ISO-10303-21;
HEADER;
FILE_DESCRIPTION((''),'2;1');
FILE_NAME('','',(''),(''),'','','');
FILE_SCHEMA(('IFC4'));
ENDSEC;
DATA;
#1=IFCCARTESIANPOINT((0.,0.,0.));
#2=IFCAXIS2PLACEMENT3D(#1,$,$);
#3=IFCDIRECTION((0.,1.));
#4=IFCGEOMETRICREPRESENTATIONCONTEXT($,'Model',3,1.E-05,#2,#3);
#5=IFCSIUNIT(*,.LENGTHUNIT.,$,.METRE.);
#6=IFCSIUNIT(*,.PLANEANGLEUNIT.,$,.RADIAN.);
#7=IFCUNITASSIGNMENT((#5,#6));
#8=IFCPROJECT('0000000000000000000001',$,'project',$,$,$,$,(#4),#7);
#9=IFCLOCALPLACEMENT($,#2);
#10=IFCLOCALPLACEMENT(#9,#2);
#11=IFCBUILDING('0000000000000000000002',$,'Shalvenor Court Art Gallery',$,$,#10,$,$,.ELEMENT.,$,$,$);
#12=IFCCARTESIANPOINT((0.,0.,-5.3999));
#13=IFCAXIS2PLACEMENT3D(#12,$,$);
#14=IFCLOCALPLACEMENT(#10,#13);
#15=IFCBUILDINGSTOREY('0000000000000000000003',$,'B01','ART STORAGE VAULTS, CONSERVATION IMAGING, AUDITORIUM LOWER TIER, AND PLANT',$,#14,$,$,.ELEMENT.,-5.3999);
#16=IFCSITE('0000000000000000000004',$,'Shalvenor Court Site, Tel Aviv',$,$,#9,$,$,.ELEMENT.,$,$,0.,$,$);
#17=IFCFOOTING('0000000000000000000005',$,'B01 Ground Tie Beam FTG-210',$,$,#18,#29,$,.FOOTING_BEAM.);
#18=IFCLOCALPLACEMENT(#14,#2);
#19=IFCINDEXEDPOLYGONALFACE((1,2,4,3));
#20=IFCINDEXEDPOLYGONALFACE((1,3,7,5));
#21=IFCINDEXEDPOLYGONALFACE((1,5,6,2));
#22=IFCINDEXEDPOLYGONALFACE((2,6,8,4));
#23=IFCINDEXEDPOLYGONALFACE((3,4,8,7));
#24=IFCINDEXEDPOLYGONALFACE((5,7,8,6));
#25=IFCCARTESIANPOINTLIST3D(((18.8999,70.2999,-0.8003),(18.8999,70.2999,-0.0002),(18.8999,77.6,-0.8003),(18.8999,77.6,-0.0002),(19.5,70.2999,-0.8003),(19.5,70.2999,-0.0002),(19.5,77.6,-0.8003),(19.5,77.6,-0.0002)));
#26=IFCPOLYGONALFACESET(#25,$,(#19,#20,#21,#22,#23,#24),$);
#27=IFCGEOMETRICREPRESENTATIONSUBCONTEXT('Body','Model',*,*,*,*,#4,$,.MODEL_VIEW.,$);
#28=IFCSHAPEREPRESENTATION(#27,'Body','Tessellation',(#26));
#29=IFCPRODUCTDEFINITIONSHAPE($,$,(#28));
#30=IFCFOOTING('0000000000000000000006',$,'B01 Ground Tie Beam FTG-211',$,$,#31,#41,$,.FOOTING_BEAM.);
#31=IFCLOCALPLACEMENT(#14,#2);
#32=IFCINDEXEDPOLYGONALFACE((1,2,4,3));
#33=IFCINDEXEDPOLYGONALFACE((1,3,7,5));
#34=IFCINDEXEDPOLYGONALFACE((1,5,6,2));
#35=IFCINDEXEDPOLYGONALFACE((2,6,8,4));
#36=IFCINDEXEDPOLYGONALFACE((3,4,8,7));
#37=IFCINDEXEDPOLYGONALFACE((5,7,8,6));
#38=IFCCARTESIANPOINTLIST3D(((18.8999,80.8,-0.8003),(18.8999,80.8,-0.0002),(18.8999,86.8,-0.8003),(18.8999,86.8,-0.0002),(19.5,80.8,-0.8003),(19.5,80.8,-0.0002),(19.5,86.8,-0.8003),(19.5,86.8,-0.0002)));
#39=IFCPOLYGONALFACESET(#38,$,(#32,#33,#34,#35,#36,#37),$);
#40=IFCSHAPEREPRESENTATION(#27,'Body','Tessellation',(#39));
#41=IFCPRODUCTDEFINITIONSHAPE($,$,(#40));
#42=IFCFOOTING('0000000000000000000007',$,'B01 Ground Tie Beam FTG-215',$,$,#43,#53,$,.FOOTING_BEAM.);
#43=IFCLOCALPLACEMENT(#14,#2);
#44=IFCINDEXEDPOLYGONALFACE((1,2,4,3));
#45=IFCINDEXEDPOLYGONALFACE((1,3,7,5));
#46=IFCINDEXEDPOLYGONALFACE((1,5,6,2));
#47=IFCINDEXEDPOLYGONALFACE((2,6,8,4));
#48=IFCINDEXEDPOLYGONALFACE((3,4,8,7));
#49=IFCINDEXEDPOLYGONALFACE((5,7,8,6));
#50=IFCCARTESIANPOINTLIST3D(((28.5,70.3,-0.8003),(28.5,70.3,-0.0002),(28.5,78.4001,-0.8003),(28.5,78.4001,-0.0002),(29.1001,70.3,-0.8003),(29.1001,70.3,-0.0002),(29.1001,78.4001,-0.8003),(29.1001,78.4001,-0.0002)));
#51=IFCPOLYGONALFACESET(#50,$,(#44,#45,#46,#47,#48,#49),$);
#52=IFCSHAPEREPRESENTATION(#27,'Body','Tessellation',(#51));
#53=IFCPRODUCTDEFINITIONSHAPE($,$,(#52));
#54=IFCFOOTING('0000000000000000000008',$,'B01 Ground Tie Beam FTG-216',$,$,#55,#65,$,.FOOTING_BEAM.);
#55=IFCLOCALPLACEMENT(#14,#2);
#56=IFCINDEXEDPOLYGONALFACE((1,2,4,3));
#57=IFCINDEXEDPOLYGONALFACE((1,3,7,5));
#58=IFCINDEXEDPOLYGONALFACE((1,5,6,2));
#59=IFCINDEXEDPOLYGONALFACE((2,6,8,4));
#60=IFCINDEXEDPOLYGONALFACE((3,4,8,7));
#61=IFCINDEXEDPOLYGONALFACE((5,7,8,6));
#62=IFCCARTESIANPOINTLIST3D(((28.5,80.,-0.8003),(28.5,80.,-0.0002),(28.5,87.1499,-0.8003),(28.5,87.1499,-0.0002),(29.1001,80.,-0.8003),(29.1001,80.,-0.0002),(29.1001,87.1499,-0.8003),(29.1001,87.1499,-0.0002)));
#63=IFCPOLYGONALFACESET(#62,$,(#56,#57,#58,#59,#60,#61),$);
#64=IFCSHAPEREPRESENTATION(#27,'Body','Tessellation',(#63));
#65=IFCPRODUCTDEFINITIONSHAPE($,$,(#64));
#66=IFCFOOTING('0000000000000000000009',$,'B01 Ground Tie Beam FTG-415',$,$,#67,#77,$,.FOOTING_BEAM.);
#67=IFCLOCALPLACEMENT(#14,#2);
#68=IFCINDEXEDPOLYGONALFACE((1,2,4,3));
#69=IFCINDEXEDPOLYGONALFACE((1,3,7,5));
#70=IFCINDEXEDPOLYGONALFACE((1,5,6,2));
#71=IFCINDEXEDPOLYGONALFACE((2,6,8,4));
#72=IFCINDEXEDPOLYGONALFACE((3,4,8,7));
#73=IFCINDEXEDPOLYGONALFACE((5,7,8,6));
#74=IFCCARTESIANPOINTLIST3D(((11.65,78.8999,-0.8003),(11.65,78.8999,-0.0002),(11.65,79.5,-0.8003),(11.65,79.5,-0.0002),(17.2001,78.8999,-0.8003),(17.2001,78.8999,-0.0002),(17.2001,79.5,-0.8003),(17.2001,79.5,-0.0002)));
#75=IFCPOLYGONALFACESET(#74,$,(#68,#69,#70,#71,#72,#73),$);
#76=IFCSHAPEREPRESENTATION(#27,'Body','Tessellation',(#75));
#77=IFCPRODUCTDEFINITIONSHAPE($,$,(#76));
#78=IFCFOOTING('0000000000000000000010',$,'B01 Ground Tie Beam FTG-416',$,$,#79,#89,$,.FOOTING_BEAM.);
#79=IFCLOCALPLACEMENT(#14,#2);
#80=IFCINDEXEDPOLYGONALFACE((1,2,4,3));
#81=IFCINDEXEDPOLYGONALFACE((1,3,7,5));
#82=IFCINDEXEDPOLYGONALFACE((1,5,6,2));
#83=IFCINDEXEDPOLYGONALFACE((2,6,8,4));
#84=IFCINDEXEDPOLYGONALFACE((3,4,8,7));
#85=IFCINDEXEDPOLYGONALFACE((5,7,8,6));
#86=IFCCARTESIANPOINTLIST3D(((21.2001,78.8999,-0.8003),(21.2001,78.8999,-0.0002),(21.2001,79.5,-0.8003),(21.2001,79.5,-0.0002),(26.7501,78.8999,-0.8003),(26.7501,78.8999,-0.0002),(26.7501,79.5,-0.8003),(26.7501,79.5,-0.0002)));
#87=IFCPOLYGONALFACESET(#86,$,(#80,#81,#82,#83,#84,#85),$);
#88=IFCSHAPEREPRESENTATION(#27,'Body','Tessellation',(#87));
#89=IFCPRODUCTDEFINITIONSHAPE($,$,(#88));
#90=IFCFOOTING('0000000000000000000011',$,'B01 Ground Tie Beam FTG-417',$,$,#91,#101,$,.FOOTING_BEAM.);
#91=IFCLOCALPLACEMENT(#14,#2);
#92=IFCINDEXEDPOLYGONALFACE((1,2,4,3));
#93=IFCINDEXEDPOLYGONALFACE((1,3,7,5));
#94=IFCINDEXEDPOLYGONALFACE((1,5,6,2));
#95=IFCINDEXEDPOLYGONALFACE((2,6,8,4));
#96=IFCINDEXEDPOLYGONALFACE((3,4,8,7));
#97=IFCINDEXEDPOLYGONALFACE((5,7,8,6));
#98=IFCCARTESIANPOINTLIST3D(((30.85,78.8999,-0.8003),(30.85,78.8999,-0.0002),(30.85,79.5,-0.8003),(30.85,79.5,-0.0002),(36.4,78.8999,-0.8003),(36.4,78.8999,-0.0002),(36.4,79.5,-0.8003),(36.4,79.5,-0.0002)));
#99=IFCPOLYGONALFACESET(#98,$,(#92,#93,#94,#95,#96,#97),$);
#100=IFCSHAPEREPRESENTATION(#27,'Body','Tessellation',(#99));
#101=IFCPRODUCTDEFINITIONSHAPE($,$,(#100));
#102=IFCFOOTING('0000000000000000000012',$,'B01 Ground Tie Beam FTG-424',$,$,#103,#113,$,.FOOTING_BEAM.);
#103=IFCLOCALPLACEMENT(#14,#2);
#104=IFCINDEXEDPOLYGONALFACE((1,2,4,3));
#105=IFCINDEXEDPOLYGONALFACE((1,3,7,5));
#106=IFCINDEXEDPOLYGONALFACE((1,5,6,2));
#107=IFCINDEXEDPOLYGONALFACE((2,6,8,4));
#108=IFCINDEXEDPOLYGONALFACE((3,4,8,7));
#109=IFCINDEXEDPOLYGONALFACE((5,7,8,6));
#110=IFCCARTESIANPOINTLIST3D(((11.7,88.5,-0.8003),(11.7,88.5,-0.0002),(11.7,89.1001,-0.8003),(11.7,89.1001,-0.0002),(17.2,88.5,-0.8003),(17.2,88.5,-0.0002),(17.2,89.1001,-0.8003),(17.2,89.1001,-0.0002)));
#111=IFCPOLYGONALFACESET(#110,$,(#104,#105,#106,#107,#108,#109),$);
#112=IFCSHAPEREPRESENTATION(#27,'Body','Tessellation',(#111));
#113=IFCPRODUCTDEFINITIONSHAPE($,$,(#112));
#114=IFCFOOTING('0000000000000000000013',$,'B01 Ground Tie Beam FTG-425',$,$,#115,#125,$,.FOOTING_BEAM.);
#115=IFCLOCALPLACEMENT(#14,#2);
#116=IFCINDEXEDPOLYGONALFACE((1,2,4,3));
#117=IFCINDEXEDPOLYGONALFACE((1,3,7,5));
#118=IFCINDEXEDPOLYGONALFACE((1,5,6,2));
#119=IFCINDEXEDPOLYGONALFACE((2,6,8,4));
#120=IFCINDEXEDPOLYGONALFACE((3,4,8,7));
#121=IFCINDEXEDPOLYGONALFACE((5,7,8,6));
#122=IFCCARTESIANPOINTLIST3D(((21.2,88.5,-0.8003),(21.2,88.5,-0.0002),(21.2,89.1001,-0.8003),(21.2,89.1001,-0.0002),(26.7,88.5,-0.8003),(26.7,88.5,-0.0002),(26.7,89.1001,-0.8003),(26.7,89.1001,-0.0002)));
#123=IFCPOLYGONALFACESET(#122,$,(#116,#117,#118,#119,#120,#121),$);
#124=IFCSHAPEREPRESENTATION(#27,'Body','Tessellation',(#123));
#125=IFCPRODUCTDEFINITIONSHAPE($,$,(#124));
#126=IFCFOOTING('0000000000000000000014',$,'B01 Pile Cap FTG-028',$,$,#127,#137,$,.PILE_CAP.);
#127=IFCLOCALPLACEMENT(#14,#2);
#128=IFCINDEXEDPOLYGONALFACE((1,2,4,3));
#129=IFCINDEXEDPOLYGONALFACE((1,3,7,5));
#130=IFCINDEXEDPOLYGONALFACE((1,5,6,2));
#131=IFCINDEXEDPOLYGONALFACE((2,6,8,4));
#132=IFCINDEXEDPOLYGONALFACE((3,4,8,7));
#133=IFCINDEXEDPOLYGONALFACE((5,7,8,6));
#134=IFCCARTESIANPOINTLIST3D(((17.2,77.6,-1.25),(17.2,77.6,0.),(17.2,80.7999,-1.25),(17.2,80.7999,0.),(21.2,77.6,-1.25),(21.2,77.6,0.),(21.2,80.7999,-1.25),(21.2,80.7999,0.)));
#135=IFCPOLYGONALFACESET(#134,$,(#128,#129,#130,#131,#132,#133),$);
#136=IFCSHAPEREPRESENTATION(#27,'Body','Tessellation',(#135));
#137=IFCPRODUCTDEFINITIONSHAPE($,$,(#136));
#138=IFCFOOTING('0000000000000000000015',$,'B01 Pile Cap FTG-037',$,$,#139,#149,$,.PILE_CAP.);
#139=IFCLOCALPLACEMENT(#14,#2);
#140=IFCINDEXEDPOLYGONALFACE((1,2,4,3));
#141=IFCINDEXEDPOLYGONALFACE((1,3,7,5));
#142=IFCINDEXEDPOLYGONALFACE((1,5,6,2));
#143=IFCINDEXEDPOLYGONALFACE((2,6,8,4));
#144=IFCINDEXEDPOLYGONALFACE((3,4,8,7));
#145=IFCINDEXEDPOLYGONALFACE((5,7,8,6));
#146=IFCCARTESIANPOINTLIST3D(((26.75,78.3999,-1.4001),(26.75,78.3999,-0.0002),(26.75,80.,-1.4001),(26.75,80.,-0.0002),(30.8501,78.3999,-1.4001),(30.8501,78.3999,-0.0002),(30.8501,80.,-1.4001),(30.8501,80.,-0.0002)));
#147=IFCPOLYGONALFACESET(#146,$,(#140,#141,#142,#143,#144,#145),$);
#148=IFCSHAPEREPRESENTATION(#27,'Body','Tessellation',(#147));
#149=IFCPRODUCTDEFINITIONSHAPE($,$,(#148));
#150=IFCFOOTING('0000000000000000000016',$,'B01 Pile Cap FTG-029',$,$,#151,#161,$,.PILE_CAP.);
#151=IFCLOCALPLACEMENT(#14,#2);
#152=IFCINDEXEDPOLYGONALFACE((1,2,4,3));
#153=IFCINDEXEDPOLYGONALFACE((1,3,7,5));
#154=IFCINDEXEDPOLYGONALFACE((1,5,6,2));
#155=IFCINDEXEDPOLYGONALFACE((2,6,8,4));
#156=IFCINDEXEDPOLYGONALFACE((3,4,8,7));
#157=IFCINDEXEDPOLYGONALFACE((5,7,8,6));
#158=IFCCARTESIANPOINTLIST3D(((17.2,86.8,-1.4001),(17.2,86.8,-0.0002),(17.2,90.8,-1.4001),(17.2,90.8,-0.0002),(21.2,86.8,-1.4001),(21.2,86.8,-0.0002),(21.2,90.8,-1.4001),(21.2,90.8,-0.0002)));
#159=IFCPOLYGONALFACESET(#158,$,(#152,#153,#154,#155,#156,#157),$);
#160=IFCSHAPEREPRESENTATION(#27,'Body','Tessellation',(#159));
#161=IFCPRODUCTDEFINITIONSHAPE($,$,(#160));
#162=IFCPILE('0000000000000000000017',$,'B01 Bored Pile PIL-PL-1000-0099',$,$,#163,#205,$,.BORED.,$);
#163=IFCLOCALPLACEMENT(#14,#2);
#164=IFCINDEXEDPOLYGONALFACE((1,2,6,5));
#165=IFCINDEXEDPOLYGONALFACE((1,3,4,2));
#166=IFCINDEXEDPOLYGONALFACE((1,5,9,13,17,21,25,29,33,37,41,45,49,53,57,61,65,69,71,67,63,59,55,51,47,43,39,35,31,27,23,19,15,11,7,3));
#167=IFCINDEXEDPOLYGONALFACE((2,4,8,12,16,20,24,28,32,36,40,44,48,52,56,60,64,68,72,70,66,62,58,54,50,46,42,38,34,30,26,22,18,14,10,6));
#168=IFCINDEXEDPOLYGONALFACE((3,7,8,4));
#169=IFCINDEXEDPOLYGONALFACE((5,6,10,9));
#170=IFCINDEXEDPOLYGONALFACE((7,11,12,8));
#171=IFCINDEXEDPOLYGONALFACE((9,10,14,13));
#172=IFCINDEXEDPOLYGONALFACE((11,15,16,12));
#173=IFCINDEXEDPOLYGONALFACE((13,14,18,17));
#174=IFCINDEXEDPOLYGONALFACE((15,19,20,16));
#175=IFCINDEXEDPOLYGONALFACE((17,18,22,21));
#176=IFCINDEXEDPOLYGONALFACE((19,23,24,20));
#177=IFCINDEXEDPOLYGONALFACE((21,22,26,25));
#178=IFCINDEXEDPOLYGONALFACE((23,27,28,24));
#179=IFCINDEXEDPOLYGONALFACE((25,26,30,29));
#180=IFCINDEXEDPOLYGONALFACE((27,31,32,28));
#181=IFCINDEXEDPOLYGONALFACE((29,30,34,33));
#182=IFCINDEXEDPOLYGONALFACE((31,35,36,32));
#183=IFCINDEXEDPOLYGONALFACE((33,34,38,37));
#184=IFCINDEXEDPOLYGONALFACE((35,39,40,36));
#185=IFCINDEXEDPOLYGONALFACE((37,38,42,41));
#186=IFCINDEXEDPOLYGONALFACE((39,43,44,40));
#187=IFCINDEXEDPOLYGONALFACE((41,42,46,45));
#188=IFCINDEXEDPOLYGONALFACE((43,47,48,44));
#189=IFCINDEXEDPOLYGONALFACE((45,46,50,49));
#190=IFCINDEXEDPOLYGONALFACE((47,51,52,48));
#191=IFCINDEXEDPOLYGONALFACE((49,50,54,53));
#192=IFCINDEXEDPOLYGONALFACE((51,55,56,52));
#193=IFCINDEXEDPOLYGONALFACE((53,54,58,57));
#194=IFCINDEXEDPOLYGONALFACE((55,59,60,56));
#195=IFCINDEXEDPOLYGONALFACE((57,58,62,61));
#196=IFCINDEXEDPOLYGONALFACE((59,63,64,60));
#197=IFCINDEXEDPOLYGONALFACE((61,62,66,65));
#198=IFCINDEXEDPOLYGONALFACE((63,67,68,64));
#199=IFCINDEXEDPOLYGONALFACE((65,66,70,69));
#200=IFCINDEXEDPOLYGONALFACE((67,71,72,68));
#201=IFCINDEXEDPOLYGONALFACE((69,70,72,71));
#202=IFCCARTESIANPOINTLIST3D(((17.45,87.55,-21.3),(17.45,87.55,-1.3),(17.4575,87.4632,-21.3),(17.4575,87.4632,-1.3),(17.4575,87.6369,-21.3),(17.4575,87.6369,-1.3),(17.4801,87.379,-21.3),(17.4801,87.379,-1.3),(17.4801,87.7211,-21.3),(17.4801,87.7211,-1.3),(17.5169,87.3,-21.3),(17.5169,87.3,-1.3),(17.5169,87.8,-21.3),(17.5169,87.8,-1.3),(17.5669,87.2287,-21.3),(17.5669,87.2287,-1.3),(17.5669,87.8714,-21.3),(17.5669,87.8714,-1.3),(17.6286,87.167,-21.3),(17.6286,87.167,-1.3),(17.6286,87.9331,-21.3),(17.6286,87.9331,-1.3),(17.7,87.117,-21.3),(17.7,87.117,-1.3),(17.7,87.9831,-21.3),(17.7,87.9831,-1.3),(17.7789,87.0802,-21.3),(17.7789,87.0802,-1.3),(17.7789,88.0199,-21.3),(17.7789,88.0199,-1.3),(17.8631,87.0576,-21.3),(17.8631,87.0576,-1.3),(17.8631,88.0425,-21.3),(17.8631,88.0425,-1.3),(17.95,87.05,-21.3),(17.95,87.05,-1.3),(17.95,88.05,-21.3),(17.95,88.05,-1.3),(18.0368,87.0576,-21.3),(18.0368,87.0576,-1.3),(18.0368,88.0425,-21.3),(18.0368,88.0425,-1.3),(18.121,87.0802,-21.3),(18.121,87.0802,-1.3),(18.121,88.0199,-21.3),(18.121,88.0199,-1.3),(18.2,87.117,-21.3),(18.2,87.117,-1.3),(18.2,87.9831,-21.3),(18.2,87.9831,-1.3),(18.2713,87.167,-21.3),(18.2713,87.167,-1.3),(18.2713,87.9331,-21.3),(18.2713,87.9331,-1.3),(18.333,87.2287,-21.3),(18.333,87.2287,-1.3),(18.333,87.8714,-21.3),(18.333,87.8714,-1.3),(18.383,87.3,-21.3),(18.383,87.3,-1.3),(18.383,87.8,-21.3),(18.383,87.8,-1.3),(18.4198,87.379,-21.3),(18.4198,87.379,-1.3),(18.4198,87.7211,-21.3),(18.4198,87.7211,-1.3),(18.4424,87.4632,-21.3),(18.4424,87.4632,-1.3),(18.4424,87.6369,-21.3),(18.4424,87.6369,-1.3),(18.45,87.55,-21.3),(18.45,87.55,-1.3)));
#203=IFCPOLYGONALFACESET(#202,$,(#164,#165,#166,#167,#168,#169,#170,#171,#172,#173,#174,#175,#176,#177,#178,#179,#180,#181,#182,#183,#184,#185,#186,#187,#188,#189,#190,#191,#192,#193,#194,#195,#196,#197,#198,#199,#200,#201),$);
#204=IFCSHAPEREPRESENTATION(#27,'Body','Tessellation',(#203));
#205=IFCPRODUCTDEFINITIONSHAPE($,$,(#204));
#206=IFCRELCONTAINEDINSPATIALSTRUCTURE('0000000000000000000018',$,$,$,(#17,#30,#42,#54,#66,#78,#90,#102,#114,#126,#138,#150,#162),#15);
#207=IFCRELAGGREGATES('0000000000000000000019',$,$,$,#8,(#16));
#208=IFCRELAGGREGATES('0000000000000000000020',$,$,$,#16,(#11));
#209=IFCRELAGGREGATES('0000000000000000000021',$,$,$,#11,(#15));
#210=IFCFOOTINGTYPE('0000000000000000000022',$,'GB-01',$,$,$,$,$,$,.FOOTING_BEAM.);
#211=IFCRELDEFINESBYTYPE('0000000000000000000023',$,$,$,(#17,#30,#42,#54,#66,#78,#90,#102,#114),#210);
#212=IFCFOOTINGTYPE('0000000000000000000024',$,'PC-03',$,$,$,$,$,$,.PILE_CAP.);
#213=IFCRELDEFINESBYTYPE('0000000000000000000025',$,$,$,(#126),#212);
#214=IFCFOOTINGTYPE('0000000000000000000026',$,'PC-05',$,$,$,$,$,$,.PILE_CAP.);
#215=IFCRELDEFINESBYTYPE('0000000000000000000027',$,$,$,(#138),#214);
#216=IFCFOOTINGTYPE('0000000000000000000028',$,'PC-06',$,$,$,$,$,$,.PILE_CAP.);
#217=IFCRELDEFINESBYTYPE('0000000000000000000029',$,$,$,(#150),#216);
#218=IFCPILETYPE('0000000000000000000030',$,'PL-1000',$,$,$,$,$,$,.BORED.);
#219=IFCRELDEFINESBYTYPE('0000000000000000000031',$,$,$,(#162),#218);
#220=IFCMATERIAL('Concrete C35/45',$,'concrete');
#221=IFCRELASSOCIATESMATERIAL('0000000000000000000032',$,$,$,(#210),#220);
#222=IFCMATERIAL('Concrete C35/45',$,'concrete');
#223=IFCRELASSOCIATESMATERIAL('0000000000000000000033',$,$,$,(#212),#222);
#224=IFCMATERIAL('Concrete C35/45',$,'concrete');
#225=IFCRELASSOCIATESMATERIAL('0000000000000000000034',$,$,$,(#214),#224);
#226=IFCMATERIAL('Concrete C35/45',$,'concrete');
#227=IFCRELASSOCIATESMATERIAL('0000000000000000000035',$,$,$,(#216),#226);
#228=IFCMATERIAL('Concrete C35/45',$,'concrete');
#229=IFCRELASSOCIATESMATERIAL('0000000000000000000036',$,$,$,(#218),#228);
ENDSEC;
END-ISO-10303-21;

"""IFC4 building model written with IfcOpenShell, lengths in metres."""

from ifc_helpers import new_model, si_unit, direction, frame, origin, origin_2d, place, context, subcontext, project, spatial, rectangle, circle, extrude, material, material_profile, profile_set, type_object, element, save


model = new_model("IFC4")

# Units and contexts
model_context = context("Model", 3, precision=1e-05, world=origin(), true_north=direction((0.0, 1.0)))
body_context = subcontext(model_context, "Body", "Model", "MODEL_VIEW")
ifc_project = project(units=[si_unit("LENGTHUNIT", "METRE"), si_unit("PLANEANGLEUNIT", "RADIAN")], contexts=[model_context])

# Site, building, storey
site_placement = place(None, origin())
site = spatial("IfcSite", under=ifc_project, at=site_placement, Name="Shalvenor Court Site, Tel Aviv", CompositionType="ELEMENT", RefElevation=0.0)
building_placement = place(site_placement, origin())
building = spatial("IfcBuilding", under=site, at=building_placement, Name="Shalvenor Court Art Gallery", CompositionType="ELEMENT")
storey_placement = place(building_placement, frame((0.0, 0.0, -5.3999)))
storey = spatial("IfcBuildingStorey", under=building, at=storey_placement, Name="B01", Description="ART STORAGE VAULTS, CONSERVATION IMAGING, AUDITORIUM LOWER TIER, AND PLANT", CompositionType="ELEMENT", Elevation=-5.3999)

# Footings
ifc_material_1 = material(Name="Concrete C35/45", Category="concrete")
footing_type_1 = type_object("IfcFootingType", Name="GB-01", PredefinedType="FOOTING_BEAM", material=ifc_material_1)
footing_1_placement = place(storey_placement, frame((19.2, 73.95, -0.8003), z_axis=(0.0, 0.0, 1.0), x_axis=(0.0, 1.0, 0.0)))
element("IfcFooting", 1, at=footing_1_placement, inside=storey, type_object=footing_type_1, Name="B01 Ground Tie Beam FTG-210", PredefinedType="FOOTING_BEAM", context=body_context, shape_type="SweptSolid", body=[
    extrude(rectangle(XDim=7.3, YDim=0.6001, at=origin_2d()), origin(), (0.0, 0.0, 1.0), 0.8),
])
footing_2_placement = place(storey_placement, frame((19.2, 83.8, -0.8003), z_axis=(0.0, 0.0, 1.0), x_axis=(0.0, 1.0, 0.0)))
element("IfcFooting", 2, at=footing_2_placement, inside=storey, type_object=footing_type_1, Name="B01 Ground Tie Beam FTG-211", PredefinedType="FOOTING_BEAM", context=body_context, shape_type="SweptSolid", body=[
    extrude(rectangle(XDim=6.0, YDim=0.6001, at=origin_2d()), origin(), (0.0, 0.0, 1.0), 0.8),
])
footing_3_placement = place(storey_placement, frame((28.8, 74.3501, -0.8003), z_axis=(0.0, 0.0, 1.0), x_axis=(0.0, 1.0, 0.0)))
element("IfcFooting", 3, at=footing_3_placement, inside=storey, type_object=footing_type_1, Name="B01 Ground Tie Beam FTG-215", PredefinedType="FOOTING_BEAM", context=body_context, shape_type="SweptSolid", body=[
    extrude(rectangle(XDim=8.1001, YDim=0.6001, at=origin_2d()), origin(), (0.0, 0.0, 1.0), 0.8),
])
footing_4_placement = place(storey_placement, frame((28.8, 83.575, -0.8003), z_axis=(0.0, 0.0, 1.0), x_axis=(0.0, 1.0, 0.0)))
element("IfcFooting", 4, at=footing_4_placement, inside=storey, type_object=footing_type_1, Name="B01 Ground Tie Beam FTG-216", PredefinedType="FOOTING_BEAM", context=body_context, shape_type="SweptSolid", body=[
    extrude(rectangle(XDim=7.1499, YDim=0.6001, at=origin_2d()), origin(), (0.0, 0.0, 1.0), 0.8),
])
for number, where, z_axis, x_axis, name in (
    (5, (14.425, 79.2, -0.8003), (0.0, 0.0, 1.0), (1.0, 0.0, 0.0), "B01 Ground Tie Beam FTG-415"),
    (6, (23.9751, 79.2, -0.8003), (0.0, 0.0, 1.0), (1.0, 0.0, 0.0), "B01 Ground Tie Beam FTG-416"),
    (7, (33.625, 79.2, -0.8003), (0.0, 0.0, 1.0), (1.0, 0.0, 0.0), "B01 Ground Tie Beam FTG-417"),
):
    element("IfcFooting", number, at=place(storey_placement, frame(where, z_axis=z_axis, x_axis=x_axis)), inside=storey, type_object=footing_type_1, Name=name, PredefinedType="FOOTING_BEAM", context=body_context, shape_type="SweptSolid", body=[
        extrude(rectangle(XDim=5.55, YDim=0.6001, at=origin_2d()), origin(), (0.0, 0.0, 1.0), 0.8),
    ])
for number, where, z_axis, x_axis, name in (
    (8, (14.45, 88.8, -0.8003), (0.0, 0.0, 1.0), (1.0, 0.0, 0.0), "B01 Ground Tie Beam FTG-424"),
    (9, (23.95, 88.8, -0.8003), (0.0, 0.0, 1.0), (1.0, 0.0, 0.0), "B01 Ground Tie Beam FTG-425"),
):
    element("IfcFooting", number, at=place(storey_placement, frame(where, z_axis=z_axis, x_axis=x_axis)), inside=storey, type_object=footing_type_1, Name=name, PredefinedType="FOOTING_BEAM", context=body_context, shape_type="SweptSolid", body=[
        extrude(rectangle(XDim=5.5, YDim=0.6001, at=origin_2d()), origin(), (0.0, 0.0, 1.0), 0.8),
    ])
ifc_material_2 = material(Name="Concrete C35/45", Category="concrete")
footing_type_2 = type_object("IfcFootingType", Name="PC-03", PredefinedType="PILE_CAP", material=ifc_material_2)
footing_5_placement = place(storey_placement, frame((19.2, 79.2, -1.25), z_axis=(0.0, 0.0, 1.0), x_axis=(1.0, 0.0, 0.0)))
element("IfcFooting", 10, at=footing_5_placement, inside=storey, type_object=footing_type_2, Name="B01 Pile Cap FTG-028", PredefinedType="PILE_CAP", context=body_context, shape_type="SweptSolid", body=[
    extrude(rectangle(XDim=4.0, YDim=3.2, at=origin_2d()), origin(), (0.0, 0.0, 1.0), 1.25),
])
ifc_material_3 = material(Name="Concrete C35/45", Category="concrete")
footing_type_3 = type_object("IfcFootingType", Name="PC-05", PredefinedType="PILE_CAP", material=ifc_material_3)
footing_6_placement = place(storey_placement, frame((28.8, 79.2, -1.4001), z_axis=(0.0, 0.0, 1.0), x_axis=(1.0, 0.0, 0.0)))
element("IfcFooting", 11, at=footing_6_placement, inside=storey, type_object=footing_type_3, Name="B01 Pile Cap FTG-037", PredefinedType="PILE_CAP", context=body_context, shape_type="SweptSolid", body=[
    extrude(rectangle(XDim=4.1001, YDim=1.6001, at=origin_2d()), origin(), (0.0, 0.0, 1.0), 1.3999),
])
ifc_material_4 = material(Name="Concrete C35/45", Category="concrete")
footing_type_4 = type_object("IfcFootingType", Name="PC-06", PredefinedType="PILE_CAP", material=ifc_material_4)
footing_7_placement = place(storey_placement, frame((19.2, 88.8, -1.4001), z_axis=(0.0, 0.0, 1.0), x_axis=(1.0, 0.0, 0.0)))
element("IfcFooting", 12, at=footing_7_placement, inside=storey, type_object=footing_type_4, Name="B01 Pile Cap FTG-029", PredefinedType="PILE_CAP", context=body_context, shape_type="SweptSolid", body=[
    extrude(rectangle(XDim=4.0, YDim=4.0, at=origin_2d()), origin(), (0.0, 0.0, 1.0), 1.3999),
])

# Pile
ifc_material_5 = material(Name="Concrete C35/45", Category="concrete")
ifc_material_profile_1 = material_profile(ifc_material_5, circle(Radius=0.5, at=origin_2d()), Name="PILE 1000")
ifc_profile_set_1 = profile_set([ifc_material_profile_1], Name="Concrete C35/45")
pile_type_1 = type_object("IfcPileType", Name="PL-1000", PredefinedType="BORED", material=ifc_profile_set_1)
for number, where, z_axis, x_axis, name in (
    (13, (17.95, 87.55, -1.3), (0.0, 0.0, -1.0), (1.0, 0.0, 0.0), "B01 Bored Pile PIL-PL-1000-0099"),
):
    element("IfcPile", number, at=place(storey_placement, frame(where, z_axis=z_axis, x_axis=x_axis)), inside=storey, type_object=pile_type_1, Name=name, PredefinedType="BORED", context=body_context, shape_type="SweptSolid", body=[
        extrude(circle(Radius=0.5, at=origin_2d()), origin(), (0.0, 0.0, 1.0), 20.0),
    ])

save(model, "model.ifc")
